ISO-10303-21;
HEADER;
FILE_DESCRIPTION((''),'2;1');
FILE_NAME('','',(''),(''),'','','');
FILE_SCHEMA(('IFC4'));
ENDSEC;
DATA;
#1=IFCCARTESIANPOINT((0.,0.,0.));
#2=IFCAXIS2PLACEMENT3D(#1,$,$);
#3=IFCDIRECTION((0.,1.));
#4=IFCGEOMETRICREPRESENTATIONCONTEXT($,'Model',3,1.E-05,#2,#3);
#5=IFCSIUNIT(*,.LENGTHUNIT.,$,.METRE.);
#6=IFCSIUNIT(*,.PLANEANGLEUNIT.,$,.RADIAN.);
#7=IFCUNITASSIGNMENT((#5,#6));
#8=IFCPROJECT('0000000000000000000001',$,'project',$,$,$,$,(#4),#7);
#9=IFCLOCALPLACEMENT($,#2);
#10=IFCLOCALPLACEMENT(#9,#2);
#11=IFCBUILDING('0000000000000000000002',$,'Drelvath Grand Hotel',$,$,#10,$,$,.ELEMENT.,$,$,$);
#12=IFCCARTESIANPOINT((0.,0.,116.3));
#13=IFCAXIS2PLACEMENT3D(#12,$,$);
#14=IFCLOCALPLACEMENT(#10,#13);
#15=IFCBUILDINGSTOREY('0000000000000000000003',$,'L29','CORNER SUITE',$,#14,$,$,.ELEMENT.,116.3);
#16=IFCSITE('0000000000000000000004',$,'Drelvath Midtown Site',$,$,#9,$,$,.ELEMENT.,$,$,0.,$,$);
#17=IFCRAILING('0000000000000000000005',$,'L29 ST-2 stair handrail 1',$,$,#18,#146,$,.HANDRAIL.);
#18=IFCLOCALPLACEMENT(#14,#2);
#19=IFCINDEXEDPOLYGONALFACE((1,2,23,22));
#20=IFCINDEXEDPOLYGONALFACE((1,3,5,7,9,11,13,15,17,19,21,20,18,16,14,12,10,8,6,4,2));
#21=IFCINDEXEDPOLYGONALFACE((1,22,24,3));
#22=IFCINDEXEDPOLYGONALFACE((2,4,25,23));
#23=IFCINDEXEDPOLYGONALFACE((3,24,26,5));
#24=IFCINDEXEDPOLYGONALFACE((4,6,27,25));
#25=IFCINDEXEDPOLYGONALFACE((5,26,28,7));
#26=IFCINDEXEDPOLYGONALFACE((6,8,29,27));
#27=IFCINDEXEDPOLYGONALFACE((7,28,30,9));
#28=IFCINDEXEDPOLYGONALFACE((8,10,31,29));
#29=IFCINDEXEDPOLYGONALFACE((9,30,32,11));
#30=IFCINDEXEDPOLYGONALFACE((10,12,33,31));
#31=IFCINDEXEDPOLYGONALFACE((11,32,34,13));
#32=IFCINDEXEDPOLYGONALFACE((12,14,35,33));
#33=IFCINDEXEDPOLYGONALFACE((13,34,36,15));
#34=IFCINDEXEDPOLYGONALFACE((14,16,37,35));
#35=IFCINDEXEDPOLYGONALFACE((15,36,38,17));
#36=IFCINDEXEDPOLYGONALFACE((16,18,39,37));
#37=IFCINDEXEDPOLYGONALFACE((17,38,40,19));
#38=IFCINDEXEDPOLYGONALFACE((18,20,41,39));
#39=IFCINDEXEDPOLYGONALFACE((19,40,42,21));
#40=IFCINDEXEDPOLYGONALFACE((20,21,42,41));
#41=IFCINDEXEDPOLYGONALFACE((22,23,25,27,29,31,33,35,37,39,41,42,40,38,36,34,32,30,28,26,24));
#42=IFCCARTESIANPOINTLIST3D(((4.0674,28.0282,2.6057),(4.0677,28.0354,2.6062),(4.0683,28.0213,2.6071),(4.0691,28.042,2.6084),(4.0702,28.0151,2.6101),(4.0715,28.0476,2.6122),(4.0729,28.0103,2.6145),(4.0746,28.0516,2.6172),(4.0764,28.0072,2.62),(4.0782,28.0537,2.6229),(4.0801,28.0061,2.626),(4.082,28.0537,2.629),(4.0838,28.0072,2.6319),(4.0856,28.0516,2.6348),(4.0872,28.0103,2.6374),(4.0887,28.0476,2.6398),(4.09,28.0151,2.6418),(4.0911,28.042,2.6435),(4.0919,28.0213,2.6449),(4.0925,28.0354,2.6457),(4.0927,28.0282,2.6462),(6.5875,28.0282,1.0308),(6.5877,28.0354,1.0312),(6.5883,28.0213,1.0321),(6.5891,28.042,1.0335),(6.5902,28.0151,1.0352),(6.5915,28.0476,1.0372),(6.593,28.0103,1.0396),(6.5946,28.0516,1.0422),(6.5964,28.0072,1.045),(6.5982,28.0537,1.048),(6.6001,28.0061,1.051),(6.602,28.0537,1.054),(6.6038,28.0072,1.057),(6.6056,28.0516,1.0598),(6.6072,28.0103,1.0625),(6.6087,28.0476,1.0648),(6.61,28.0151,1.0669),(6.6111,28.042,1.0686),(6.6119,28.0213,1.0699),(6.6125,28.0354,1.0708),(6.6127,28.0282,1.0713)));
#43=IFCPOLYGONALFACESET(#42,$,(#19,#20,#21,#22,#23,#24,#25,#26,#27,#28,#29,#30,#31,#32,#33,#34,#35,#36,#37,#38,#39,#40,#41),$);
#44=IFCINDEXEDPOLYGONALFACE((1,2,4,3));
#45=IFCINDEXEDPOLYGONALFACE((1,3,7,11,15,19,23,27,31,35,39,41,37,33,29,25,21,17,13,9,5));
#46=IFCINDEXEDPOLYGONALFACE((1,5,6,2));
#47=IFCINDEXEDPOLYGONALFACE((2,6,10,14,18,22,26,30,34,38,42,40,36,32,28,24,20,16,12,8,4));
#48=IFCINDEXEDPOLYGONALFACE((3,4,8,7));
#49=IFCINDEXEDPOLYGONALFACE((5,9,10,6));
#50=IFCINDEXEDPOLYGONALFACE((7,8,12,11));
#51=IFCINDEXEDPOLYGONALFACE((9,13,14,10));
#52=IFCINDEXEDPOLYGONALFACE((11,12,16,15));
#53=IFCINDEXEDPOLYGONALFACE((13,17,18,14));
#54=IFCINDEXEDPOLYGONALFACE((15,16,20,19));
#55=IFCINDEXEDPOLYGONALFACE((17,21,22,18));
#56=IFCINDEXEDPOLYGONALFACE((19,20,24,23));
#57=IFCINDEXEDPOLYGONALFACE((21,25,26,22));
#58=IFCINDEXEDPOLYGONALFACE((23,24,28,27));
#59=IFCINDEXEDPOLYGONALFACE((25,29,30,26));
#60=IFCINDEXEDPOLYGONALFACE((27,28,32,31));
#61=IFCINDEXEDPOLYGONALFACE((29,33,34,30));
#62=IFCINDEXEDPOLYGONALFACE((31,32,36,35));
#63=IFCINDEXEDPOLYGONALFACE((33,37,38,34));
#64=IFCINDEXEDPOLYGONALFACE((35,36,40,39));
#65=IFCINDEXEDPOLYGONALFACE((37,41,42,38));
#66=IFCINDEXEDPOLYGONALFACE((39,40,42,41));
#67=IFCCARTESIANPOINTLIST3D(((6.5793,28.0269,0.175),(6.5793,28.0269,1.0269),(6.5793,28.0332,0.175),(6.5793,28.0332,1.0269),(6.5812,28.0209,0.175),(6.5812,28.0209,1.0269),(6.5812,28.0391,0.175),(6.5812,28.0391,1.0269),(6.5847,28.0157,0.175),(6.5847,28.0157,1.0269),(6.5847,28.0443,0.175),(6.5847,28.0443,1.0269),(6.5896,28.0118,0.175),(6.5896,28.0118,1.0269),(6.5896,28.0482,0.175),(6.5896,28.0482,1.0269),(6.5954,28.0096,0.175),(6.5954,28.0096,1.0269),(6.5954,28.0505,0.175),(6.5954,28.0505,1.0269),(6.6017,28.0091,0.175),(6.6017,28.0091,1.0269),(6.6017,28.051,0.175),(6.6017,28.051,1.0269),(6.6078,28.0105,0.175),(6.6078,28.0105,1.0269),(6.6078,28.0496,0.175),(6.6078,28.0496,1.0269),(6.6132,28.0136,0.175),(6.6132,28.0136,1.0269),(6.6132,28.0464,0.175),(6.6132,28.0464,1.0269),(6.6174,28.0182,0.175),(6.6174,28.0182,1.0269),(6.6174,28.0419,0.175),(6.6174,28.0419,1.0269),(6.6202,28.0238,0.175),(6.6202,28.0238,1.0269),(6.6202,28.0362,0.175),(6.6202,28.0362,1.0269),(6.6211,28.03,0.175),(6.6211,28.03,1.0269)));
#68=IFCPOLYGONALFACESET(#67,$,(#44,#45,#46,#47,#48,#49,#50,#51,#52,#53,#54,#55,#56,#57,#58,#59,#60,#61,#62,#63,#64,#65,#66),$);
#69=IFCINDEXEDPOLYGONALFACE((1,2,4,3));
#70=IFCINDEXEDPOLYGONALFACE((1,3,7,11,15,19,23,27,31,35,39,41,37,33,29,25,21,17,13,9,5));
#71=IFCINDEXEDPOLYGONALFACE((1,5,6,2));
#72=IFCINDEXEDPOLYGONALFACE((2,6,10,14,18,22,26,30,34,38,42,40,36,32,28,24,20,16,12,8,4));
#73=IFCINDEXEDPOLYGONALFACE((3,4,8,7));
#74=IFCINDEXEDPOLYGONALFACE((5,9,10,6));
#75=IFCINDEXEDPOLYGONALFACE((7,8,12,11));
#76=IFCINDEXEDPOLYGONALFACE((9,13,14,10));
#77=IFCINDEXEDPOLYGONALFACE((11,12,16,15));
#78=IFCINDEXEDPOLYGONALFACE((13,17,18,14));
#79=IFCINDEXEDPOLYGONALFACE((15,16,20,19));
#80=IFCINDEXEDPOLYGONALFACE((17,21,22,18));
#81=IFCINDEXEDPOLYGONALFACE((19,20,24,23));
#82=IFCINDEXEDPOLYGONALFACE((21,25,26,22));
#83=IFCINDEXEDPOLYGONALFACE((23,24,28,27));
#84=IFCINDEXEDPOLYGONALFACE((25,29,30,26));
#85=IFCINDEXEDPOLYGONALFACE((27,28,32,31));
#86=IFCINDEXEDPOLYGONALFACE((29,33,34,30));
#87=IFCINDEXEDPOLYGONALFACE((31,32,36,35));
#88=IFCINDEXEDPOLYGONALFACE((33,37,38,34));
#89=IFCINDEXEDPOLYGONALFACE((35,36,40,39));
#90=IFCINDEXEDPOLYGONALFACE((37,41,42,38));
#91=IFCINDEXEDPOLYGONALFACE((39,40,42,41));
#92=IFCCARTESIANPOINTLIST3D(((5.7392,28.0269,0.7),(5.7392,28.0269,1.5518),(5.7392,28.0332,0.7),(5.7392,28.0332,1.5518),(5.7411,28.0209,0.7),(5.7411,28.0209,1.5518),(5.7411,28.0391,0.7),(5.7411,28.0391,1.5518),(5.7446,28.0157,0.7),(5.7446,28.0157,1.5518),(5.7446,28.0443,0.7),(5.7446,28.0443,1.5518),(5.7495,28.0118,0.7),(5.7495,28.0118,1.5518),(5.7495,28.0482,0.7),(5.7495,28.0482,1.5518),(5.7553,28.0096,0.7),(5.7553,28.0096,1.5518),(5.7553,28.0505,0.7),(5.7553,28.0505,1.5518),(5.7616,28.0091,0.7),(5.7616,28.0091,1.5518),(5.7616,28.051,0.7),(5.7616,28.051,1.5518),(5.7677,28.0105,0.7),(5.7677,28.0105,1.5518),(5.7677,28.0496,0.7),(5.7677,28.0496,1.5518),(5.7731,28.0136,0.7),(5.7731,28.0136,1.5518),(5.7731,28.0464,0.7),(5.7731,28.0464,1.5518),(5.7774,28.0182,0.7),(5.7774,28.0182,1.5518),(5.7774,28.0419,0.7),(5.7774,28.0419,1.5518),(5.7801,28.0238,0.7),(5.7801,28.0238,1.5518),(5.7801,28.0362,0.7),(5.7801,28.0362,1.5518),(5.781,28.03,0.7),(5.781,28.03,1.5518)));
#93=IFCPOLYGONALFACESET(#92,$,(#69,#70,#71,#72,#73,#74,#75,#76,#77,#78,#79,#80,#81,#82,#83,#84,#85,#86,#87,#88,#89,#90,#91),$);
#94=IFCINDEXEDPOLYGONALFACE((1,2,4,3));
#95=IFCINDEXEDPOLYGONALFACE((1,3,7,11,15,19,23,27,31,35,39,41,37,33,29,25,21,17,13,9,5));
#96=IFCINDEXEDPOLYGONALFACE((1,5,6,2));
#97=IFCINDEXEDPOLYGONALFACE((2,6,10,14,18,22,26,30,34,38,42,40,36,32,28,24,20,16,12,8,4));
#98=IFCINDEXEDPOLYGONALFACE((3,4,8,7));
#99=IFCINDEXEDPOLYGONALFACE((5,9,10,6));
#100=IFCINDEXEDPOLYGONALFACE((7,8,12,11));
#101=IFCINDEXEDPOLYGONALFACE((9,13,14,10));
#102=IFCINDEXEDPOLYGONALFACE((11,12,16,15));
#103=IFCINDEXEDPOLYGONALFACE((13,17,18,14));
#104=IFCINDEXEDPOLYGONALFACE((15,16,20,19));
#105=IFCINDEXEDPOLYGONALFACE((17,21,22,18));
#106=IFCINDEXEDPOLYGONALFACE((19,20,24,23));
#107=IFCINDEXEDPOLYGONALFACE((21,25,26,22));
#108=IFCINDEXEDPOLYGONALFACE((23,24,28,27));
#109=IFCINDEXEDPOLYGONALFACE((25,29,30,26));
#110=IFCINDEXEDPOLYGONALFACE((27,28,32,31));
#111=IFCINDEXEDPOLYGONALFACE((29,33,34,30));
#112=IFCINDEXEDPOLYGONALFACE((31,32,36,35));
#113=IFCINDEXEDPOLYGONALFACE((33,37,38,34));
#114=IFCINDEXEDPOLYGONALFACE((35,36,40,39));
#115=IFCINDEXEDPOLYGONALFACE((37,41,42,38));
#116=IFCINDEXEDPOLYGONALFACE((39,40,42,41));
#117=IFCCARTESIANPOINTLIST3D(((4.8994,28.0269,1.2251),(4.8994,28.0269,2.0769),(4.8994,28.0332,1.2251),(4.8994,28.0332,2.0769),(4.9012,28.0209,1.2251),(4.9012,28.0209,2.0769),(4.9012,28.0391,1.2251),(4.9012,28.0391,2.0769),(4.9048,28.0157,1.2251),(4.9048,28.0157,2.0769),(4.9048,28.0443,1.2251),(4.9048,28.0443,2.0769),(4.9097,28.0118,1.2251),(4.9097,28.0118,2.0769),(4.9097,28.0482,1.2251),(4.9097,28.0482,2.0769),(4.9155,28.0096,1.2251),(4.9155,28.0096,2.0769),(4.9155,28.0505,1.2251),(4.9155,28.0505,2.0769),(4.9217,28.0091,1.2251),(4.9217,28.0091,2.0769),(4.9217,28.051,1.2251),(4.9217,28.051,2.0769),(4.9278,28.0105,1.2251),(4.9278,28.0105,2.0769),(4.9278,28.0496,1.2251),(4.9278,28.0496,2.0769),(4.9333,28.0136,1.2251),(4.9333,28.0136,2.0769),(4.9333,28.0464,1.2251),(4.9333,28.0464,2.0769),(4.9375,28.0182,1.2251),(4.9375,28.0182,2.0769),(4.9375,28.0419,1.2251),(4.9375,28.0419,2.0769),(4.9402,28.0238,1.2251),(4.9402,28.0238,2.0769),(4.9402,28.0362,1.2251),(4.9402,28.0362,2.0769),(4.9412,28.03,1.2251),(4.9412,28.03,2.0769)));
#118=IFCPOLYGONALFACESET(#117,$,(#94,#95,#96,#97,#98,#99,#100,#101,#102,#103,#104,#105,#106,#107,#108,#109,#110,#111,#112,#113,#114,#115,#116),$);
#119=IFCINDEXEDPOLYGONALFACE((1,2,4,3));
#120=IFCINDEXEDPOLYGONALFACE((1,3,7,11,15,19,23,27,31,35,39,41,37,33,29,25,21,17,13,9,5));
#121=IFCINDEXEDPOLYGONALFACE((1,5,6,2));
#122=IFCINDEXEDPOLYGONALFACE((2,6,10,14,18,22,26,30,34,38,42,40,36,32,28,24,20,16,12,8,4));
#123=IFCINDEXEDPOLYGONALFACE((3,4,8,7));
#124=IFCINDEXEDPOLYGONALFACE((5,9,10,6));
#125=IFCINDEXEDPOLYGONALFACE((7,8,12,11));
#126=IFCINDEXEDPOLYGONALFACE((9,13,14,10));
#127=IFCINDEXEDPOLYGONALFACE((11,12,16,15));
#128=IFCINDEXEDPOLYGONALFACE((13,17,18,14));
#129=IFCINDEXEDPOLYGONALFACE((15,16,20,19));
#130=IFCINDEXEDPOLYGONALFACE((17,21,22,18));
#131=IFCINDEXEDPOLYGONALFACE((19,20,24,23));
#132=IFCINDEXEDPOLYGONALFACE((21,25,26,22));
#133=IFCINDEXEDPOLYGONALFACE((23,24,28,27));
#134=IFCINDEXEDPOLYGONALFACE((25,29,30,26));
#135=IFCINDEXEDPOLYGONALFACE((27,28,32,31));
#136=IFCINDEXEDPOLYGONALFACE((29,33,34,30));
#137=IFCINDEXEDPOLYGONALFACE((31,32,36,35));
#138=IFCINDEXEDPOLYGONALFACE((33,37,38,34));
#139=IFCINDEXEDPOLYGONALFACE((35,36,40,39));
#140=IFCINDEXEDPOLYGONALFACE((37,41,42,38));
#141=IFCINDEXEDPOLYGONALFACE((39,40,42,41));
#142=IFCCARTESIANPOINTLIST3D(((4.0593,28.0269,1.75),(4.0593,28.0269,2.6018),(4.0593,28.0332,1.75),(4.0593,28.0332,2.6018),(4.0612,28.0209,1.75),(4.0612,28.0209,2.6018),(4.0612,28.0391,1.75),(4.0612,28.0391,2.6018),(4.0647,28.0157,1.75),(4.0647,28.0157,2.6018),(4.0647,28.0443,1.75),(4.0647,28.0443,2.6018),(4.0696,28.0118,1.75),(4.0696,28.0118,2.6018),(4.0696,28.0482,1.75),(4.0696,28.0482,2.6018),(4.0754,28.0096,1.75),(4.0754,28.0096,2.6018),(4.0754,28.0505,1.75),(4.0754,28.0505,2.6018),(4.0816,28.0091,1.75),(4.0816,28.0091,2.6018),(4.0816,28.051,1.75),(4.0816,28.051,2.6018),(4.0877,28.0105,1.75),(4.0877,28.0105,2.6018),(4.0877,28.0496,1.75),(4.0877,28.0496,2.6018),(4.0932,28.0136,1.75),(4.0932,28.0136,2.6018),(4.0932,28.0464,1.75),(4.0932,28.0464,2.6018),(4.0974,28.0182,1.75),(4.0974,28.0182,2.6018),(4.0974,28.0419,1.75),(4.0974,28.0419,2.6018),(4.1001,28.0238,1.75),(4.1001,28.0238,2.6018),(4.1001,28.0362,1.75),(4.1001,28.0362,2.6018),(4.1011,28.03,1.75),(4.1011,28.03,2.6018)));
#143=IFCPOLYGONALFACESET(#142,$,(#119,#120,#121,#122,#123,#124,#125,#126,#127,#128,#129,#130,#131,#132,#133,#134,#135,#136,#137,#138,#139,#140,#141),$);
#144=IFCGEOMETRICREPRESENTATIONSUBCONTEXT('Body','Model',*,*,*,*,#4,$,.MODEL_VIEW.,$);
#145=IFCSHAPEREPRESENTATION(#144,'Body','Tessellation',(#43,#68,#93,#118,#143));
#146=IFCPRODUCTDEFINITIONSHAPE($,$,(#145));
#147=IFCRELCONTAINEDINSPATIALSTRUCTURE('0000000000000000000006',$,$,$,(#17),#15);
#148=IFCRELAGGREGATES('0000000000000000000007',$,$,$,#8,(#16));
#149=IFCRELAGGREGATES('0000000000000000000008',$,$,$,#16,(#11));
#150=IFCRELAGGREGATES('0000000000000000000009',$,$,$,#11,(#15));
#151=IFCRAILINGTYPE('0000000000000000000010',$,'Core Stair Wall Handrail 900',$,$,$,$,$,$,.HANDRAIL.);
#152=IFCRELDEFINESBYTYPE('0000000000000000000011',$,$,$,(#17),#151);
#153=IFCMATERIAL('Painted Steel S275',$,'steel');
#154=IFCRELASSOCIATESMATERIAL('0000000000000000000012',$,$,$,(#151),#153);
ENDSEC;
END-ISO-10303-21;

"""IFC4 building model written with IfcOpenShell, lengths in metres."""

from ifc_helpers import new_model, si_unit, direction, frame, origin, origin_2d, place, context, subcontext, project, spatial, circle, extrude, material, type_object, element, save


model = new_model("IFC4")

# Units and contexts
model_context = context("Model", 3, precision=1e-05, world=origin(), true_north=direction((0.0, 1.0)))
body_context = subcontext(model_context, "Body", "Model", "MODEL_VIEW")
ifc_project = project(units=[si_unit("LENGTHUNIT", "METRE"), si_unit("PLANEANGLEUNIT", "RADIAN")], contexts=[model_context])

# Site, building, storey
site_placement = place(None, origin())
site = spatial("IfcSite", under=ifc_project, at=site_placement, Name="Drelvath Midtown Site", CompositionType="ELEMENT", RefElevation=0.0)
building_placement = place(site_placement, origin())
building = spatial("IfcBuilding", under=site, at=building_placement, Name="Drelvath Grand Hotel", CompositionType="ELEMENT")
storey_placement = place(building_placement, frame((0.0, 0.0, 116.3)))
storey = spatial("IfcBuildingStorey", under=building, at=storey_placement, Name="L29", Description="CORNER SUITE", CompositionType="ELEMENT", Elevation=116.3)

# Shared definitions
ifc_material_1 = material(Name="Painted Steel S275", Category="steel")

# Railing
railing_type = type_object("IfcRailingType", Name="Core Stair Wall Handrail 900", PredefinedType="HANDRAIL", material=ifc_material_1)
railing_placement = place(storey_placement, frame((6.6001, 28.03, 0.175)))
element("IfcRailing", 1, at=railing_placement, inside=storey, type_object=railing_type, Name="L29 ST-2 stair handrail 1", PredefinedType="HANDRAIL", context=body_context, shape_type="SweptSolid", body=[
    extrude(circle(Radius=0.0239, at=origin_2d()), frame((0.0, 0.0, 0.876), z_axis=(-0.848008, 0.0, 0.529984), x_axis=(0.0, -1.0, 0.0)), (0.0, 0.0, 1.0), 2.9717),
    extrude(circle(Radius=0.021, at=origin_2d()), origin(), (0.0, 0.0, 1.0), 0.8518),
    extrude(circle(Radius=0.021, at=origin_2d()), frame((-0.8401, 0.0, 0.5249)), (0.0, 0.0, 1.0), 0.8518),
    extrude(circle(Radius=0.021, at=origin_2d()), frame((-1.6799, 0.0, 1.05)), (0.0, 0.0, 1.0), 0.8518),
    extrude(circle(Radius=0.021, at=origin_2d()), frame((-2.52, 0.0, 1.575)), (0.0, 0.0, 1.0), 0.8518),
])

save(model, "model.ifc")
